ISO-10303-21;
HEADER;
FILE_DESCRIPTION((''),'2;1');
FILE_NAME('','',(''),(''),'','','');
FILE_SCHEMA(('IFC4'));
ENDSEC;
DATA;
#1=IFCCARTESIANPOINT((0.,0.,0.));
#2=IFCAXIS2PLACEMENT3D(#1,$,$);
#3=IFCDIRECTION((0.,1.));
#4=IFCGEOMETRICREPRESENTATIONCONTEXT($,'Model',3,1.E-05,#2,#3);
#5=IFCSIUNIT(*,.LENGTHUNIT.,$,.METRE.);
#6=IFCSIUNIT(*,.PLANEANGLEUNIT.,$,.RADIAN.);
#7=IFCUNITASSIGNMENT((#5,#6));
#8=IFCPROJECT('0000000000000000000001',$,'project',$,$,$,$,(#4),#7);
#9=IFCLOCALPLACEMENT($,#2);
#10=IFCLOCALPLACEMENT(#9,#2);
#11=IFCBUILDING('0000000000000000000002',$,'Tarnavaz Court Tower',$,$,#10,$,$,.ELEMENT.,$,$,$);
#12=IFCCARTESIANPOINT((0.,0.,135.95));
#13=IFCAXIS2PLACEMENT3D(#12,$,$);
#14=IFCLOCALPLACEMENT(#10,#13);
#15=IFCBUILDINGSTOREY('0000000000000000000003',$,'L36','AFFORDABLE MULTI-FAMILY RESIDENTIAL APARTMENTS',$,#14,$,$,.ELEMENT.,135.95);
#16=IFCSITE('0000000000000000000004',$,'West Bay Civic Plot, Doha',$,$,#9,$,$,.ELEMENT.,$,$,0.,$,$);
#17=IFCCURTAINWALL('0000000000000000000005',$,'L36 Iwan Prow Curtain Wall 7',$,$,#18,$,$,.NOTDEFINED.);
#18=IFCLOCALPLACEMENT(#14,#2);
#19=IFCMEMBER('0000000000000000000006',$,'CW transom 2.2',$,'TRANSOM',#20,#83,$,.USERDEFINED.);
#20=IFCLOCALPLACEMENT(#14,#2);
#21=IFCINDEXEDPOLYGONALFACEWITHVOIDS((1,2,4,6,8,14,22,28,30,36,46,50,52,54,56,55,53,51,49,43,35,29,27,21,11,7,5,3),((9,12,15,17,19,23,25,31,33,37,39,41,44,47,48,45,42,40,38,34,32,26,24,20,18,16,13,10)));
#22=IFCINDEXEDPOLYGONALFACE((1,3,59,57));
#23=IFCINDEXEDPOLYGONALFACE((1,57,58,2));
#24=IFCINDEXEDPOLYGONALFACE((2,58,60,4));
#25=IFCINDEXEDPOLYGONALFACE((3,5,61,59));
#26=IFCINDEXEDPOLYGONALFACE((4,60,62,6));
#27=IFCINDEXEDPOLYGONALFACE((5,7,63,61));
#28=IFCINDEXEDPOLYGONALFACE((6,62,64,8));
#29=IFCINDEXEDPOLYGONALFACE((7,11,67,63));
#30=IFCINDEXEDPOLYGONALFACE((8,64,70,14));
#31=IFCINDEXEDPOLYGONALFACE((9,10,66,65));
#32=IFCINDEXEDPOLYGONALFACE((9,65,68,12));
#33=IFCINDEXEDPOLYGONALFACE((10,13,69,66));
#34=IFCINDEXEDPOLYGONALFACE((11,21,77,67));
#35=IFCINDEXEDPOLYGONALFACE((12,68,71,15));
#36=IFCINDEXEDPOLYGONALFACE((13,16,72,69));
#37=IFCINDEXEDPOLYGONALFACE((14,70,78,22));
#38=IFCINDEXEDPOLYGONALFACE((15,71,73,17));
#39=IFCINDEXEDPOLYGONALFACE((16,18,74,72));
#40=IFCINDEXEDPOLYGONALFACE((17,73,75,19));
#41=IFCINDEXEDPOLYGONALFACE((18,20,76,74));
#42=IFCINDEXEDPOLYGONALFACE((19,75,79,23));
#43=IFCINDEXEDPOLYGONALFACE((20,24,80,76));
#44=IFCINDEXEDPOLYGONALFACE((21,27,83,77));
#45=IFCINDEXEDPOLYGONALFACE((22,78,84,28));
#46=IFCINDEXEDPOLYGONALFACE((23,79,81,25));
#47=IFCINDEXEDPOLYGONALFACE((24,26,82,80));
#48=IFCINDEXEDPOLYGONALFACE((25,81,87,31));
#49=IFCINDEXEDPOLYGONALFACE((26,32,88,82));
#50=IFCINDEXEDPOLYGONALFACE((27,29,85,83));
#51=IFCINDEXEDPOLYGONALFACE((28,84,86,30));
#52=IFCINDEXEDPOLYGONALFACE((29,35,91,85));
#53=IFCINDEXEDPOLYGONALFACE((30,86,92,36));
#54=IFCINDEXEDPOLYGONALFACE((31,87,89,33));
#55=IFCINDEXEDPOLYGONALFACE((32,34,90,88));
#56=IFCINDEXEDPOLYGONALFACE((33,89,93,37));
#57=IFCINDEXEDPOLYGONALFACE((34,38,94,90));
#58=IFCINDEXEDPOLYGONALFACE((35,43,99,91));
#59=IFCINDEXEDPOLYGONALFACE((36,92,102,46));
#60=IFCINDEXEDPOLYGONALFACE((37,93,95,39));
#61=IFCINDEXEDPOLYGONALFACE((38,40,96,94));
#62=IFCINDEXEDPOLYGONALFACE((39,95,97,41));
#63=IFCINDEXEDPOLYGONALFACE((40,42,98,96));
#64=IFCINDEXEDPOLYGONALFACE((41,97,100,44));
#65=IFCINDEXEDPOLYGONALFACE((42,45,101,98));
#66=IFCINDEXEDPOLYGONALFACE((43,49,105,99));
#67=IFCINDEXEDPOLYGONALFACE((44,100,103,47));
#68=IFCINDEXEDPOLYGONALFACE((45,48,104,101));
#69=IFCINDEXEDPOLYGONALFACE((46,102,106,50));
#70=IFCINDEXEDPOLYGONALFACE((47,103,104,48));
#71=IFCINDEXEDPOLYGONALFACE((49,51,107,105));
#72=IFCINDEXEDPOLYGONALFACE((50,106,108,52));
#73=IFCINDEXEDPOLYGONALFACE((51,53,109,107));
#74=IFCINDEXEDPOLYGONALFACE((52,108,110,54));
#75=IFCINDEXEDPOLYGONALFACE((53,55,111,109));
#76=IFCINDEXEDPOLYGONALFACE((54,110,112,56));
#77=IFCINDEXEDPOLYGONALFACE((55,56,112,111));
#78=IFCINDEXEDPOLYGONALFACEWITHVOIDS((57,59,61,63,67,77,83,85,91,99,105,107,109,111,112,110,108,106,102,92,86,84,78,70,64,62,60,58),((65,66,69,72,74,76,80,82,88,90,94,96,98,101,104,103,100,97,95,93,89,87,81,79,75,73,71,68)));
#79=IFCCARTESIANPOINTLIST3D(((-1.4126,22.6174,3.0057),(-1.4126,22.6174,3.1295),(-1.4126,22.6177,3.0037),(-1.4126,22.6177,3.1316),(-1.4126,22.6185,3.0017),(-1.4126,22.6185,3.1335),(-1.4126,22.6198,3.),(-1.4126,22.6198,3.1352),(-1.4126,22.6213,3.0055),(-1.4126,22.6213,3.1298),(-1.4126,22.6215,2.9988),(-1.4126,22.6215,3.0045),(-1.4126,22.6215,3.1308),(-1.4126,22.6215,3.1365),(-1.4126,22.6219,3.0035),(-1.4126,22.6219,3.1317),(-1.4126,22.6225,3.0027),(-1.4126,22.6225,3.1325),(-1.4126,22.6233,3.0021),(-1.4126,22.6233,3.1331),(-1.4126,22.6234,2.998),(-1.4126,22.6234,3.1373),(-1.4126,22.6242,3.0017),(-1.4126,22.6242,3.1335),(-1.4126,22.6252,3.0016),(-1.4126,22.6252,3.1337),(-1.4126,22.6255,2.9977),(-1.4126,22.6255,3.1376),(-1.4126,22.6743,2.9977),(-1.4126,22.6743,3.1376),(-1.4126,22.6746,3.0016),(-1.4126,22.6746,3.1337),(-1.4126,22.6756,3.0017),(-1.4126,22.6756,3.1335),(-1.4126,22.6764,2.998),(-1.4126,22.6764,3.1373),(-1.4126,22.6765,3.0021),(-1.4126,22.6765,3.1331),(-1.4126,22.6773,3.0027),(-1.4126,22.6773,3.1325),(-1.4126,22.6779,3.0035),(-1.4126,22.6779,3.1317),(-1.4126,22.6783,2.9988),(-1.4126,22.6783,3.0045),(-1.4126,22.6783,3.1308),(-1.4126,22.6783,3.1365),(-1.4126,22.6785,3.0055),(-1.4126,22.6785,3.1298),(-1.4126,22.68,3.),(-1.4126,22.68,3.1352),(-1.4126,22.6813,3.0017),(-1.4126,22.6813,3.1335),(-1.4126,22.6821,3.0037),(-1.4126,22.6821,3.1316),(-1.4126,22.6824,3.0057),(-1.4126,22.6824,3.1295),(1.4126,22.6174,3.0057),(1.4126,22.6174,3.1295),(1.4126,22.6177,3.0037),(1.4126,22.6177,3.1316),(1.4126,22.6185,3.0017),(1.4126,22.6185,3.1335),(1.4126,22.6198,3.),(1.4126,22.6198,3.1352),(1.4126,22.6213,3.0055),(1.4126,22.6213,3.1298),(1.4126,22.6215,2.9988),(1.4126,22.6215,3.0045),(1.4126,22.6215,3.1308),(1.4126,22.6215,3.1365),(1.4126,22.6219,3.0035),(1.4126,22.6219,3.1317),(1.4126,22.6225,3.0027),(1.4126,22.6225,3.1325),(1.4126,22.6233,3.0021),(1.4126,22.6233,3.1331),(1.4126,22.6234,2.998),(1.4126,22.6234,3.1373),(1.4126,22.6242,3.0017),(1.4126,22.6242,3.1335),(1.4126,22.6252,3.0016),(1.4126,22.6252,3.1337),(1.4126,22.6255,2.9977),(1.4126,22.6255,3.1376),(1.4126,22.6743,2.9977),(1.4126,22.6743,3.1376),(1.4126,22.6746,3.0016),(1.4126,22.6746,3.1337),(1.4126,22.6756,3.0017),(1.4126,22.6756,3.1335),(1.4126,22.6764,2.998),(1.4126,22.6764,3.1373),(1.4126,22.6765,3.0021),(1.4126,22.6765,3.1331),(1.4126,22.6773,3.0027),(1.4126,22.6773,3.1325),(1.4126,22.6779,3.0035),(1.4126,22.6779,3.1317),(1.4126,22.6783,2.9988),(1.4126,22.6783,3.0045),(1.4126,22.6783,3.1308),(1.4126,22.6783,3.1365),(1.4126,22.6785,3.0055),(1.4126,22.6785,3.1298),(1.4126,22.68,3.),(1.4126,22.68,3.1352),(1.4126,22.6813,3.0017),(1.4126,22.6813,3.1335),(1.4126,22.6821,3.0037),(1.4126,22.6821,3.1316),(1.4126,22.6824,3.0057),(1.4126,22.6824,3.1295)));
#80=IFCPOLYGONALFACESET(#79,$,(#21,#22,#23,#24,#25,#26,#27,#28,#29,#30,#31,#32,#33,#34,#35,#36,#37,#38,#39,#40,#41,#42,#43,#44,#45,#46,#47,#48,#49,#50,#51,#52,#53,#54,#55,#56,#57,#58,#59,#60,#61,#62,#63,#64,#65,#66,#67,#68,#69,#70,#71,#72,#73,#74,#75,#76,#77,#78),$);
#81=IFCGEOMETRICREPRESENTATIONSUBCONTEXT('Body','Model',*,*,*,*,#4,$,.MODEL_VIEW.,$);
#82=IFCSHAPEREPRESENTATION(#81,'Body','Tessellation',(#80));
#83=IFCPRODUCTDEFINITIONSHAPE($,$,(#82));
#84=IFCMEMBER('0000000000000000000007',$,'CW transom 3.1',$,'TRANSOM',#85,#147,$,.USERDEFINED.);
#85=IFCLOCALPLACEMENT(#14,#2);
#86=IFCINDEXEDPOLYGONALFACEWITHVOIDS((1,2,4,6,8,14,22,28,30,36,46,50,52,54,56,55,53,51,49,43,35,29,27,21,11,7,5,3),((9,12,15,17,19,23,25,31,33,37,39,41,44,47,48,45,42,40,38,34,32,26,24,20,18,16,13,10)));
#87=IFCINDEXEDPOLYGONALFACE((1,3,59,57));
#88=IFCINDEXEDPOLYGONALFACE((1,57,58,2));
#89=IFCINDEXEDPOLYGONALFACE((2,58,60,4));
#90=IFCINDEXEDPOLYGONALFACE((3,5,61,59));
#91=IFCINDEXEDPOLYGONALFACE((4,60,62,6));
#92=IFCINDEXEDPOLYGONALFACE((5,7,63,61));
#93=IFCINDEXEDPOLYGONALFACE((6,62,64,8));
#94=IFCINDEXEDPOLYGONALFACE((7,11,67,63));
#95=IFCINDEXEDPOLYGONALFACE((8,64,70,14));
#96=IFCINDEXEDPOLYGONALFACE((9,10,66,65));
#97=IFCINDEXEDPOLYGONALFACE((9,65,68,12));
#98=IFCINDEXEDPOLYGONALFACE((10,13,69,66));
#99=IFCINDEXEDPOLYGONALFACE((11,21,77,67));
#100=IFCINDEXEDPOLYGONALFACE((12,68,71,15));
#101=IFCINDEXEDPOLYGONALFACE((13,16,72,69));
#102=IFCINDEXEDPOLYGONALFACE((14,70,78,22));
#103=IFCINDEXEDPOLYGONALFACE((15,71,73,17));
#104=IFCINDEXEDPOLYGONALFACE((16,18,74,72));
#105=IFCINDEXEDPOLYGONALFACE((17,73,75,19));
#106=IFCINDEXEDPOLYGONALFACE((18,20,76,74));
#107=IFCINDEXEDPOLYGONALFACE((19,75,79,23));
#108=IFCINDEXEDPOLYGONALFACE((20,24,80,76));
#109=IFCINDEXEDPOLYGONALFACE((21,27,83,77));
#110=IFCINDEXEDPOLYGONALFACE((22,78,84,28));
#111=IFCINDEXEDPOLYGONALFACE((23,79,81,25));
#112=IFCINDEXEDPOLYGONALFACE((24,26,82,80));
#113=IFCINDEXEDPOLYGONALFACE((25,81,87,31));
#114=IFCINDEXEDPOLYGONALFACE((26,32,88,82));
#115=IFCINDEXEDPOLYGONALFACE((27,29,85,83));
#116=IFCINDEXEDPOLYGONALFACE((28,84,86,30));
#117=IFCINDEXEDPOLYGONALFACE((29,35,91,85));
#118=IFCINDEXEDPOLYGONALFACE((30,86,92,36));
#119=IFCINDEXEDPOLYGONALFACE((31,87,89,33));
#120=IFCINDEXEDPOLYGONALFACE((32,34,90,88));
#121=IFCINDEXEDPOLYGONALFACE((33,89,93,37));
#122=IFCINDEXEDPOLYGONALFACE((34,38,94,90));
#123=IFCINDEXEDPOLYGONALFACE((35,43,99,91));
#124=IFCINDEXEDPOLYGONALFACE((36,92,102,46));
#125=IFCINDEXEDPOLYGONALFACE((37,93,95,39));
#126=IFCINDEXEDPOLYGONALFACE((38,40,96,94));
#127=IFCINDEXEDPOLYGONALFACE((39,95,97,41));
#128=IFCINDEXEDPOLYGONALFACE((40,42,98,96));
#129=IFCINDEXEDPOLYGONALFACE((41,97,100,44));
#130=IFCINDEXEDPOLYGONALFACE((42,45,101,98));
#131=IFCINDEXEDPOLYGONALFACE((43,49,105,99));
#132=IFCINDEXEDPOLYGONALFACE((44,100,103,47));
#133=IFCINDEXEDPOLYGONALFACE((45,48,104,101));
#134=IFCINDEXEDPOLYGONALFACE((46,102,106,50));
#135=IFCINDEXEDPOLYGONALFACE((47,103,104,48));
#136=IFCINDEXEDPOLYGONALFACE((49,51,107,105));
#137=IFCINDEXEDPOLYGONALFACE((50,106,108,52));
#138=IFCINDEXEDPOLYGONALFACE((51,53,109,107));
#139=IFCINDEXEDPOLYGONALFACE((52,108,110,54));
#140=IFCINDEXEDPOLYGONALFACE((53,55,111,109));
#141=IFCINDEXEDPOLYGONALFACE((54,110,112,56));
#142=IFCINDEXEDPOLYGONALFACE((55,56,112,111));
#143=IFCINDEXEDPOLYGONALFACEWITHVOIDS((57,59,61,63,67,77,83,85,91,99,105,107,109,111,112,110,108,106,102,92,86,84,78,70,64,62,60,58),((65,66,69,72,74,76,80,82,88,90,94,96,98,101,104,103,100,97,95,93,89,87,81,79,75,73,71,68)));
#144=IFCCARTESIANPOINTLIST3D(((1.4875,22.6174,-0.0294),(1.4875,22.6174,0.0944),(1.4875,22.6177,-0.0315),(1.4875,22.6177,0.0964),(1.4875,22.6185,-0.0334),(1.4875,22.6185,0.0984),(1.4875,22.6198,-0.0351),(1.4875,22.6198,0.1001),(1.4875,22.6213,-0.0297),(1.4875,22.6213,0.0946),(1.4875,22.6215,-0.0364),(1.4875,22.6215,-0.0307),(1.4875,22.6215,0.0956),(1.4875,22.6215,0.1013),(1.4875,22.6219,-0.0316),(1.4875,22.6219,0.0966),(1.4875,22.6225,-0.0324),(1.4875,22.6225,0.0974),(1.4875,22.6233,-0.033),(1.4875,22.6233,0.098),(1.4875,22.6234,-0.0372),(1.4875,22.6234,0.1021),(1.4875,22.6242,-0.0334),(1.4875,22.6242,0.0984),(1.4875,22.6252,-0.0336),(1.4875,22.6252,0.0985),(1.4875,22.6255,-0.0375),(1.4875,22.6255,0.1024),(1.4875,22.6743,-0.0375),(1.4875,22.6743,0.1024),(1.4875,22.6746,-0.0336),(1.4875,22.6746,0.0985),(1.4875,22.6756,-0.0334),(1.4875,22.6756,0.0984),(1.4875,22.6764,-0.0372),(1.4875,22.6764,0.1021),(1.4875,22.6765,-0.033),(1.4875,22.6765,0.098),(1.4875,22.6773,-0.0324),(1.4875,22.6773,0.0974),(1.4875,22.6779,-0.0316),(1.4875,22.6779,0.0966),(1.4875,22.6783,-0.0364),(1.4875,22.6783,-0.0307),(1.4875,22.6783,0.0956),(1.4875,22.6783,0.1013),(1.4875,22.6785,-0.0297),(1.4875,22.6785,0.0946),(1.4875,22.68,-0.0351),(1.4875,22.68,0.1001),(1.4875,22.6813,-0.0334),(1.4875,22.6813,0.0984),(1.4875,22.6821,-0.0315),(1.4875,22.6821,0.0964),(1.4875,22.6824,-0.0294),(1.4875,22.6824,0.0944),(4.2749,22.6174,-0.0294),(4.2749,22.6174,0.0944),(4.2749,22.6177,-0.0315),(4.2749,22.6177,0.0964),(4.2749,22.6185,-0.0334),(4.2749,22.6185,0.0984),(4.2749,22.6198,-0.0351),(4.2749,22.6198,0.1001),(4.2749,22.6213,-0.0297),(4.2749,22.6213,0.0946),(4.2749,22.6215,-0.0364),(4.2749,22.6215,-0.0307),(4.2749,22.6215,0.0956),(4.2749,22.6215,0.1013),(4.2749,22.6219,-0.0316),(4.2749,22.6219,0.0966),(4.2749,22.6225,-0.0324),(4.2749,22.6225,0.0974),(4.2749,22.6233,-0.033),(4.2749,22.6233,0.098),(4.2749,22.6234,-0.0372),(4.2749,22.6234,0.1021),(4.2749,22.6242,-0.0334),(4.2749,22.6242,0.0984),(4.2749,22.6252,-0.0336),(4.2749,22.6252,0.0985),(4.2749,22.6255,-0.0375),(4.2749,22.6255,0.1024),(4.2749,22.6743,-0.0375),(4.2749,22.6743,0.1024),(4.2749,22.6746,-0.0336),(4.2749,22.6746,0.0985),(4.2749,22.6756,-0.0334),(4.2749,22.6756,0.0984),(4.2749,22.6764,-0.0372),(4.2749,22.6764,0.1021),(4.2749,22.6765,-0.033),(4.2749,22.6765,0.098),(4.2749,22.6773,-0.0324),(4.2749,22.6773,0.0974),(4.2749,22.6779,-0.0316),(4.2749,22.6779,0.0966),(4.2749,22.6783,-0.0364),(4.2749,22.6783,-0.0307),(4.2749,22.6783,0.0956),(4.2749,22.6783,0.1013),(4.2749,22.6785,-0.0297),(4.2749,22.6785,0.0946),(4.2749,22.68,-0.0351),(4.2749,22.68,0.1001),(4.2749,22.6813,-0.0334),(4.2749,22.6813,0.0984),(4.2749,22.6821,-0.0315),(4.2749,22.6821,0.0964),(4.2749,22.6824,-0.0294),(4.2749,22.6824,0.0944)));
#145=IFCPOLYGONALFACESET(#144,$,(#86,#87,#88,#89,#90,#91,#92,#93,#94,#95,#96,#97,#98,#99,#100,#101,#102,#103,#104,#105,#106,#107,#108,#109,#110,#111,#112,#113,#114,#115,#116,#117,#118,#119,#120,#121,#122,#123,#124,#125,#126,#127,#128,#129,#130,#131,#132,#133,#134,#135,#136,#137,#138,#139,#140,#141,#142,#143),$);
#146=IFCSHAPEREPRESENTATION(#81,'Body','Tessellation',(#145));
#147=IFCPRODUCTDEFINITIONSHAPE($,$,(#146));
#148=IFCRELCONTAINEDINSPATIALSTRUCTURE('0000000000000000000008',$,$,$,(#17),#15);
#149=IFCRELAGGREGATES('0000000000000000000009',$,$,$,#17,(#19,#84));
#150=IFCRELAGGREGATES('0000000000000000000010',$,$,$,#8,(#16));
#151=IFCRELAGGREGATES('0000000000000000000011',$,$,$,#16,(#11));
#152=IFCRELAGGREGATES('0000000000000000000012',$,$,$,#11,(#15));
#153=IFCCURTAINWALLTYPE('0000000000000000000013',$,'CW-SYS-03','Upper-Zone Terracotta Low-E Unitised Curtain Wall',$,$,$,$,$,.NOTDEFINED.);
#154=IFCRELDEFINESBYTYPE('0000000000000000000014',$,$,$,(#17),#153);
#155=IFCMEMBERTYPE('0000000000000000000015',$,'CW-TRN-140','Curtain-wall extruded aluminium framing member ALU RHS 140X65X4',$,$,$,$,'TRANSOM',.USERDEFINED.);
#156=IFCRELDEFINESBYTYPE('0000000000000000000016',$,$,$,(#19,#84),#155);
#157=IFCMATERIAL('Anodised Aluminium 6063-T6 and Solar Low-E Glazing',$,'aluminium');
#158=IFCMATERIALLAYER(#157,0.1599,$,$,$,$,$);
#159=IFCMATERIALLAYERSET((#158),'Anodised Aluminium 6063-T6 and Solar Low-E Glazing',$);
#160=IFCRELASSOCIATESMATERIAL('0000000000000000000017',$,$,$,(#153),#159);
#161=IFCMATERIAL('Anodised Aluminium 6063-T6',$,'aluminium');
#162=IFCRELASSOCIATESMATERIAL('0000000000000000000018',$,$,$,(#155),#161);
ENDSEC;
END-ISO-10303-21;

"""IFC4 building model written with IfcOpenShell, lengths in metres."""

from ifc_helpers import new_model, si_unit, direction, frame, origin, origin_2d, place, context, subcontext, project, spatial, hollow_rectangle, extrude, material, layer, layer_set, material_profile, profile_set, type_object, element, aggregate, save


model = new_model("IFC4")

# Units and contexts
model_context = context("Model", 3, precision=1e-05, world=origin(), true_north=direction((0.0, 1.0)))
body_context = subcontext(model_context, "Body", "Model", "MODEL_VIEW")
ifc_project = project(units=[si_unit("LENGTHUNIT", "METRE"), si_unit("PLANEANGLEUNIT", "RADIAN")], contexts=[model_context])

# Site, building, storey
site_placement = place(None, origin())
site = spatial("IfcSite", under=ifc_project, at=site_placement, Name="West Bay Civic Plot, Doha", CompositionType="ELEMENT", RefElevation=0.0)
building_placement = place(site_placement, origin())
building = spatial("IfcBuilding", under=site, at=building_placement, Name="Tarnavaz Court Tower", CompositionType="ELEMENT")
storey_placement = place(building_placement, frame((0.0, 0.0, 135.95)))
storey = spatial("IfcBuildingStorey", under=building, at=storey_placement, Name="L36", Description="AFFORDABLE MULTI-FAMILY RESIDENTIAL APARTMENTS", CompositionType="ELEMENT", Elevation=135.95)

# Curtain wall, members
ifc_material_1 = material(Name="Anodised Aluminium 6063-T6 and Solar Low-E Glazing", Category="aluminium")
ifc_layer_1 = layer(ifc_material_1, 0.1599)
ifc_layer_set_1 = layer_set([ifc_layer_1], Name="Anodised Aluminium 6063-T6 and Solar Low-E Glazing")
curtain_wall_type = type_object("IfcCurtainWallType", Name="CW-SYS-03", Description="Upper-Zone Terracotta Low-E Unitised Curtain Wall", PredefinedType="NOTDEFINED", material=ifc_layer_set_1)
curtain_wall_placement = place(storey_placement, origin())
curtain_wall = element("IfcCurtainWall", 1, at=curtain_wall_placement, inside=storey, type_object=curtain_wall_type, Name="L36 Iwan Prow Curtain Wall 7", PredefinedType="NOTDEFINED")
ifc_material_2 = material(Name="Anodised Aluminium 6063-T6", Category="aluminium")
ifc_material_profile_1 = material_profile(ifc_material_2, hollow_rectangle(XDim=0.0649, YDim=0.1399, WallThickness=0.0039, InnerFilletRadius=0.0039, OuterFilletRadius=0.0081, at=origin_2d()), Name="ALU RHS 140X65X4")
ifc_profile_set_1 = profile_set([ifc_material_profile_1], Name="Anodised Aluminium 6063-T6")
member_type_1 = type_object("IfcMemberType", Name="CW-TRN-140", Description="Curtain-wall extruded aluminium framing member ALU RHS 140X65X4", ElementType="TRANSOM", PredefinedType="USERDEFINED", material=ifc_profile_set_1)
member_1_placement = place(storey_placement, frame((-1.4126, 22.6499, 3.0676), z_axis=(1.0, 0.0, 0.0), x_axis=(0.0, 1.0, 0.0)))
member_1 = element("IfcMember", 2, at=member_1_placement, type_object=member_type_1, Name="CW transom 2.2", ObjectType="TRANSOM", PredefinedType="USERDEFINED", context=body_context, shape_type="SweptSolid", body=[
    extrude(hollow_rectangle(XDim=0.0649, YDim=0.1399, WallThickness=0.0039, InnerFilletRadius=0.0039, OuterFilletRadius=0.0081, at=origin_2d()), origin(), (0.0, 0.0, 1.0), 2.8252),
])
member_2_placement = place(storey_placement, frame((1.4875, 22.6499, 0.0325), z_axis=(1.0, 0.0, 0.0), x_axis=(0.0, 1.0, 0.0)))
member_2 = element("IfcMember", 3, at=member_2_placement, type_object=member_type_1, Name="CW transom 3.1", ObjectType="TRANSOM", PredefinedType="USERDEFINED", context=body_context, shape_type="SweptSolid", body=[
    extrude(hollow_rectangle(XDim=0.0649, YDim=0.1399, WallThickness=0.0039, InnerFilletRadius=0.0039, OuterFilletRadius=0.0081, at=origin_2d()), origin(), (0.0, 0.0, 1.0), 2.7874),
])
aggregate(curtain_wall, [member_1, member_2])

save(model, "model.ifc")
